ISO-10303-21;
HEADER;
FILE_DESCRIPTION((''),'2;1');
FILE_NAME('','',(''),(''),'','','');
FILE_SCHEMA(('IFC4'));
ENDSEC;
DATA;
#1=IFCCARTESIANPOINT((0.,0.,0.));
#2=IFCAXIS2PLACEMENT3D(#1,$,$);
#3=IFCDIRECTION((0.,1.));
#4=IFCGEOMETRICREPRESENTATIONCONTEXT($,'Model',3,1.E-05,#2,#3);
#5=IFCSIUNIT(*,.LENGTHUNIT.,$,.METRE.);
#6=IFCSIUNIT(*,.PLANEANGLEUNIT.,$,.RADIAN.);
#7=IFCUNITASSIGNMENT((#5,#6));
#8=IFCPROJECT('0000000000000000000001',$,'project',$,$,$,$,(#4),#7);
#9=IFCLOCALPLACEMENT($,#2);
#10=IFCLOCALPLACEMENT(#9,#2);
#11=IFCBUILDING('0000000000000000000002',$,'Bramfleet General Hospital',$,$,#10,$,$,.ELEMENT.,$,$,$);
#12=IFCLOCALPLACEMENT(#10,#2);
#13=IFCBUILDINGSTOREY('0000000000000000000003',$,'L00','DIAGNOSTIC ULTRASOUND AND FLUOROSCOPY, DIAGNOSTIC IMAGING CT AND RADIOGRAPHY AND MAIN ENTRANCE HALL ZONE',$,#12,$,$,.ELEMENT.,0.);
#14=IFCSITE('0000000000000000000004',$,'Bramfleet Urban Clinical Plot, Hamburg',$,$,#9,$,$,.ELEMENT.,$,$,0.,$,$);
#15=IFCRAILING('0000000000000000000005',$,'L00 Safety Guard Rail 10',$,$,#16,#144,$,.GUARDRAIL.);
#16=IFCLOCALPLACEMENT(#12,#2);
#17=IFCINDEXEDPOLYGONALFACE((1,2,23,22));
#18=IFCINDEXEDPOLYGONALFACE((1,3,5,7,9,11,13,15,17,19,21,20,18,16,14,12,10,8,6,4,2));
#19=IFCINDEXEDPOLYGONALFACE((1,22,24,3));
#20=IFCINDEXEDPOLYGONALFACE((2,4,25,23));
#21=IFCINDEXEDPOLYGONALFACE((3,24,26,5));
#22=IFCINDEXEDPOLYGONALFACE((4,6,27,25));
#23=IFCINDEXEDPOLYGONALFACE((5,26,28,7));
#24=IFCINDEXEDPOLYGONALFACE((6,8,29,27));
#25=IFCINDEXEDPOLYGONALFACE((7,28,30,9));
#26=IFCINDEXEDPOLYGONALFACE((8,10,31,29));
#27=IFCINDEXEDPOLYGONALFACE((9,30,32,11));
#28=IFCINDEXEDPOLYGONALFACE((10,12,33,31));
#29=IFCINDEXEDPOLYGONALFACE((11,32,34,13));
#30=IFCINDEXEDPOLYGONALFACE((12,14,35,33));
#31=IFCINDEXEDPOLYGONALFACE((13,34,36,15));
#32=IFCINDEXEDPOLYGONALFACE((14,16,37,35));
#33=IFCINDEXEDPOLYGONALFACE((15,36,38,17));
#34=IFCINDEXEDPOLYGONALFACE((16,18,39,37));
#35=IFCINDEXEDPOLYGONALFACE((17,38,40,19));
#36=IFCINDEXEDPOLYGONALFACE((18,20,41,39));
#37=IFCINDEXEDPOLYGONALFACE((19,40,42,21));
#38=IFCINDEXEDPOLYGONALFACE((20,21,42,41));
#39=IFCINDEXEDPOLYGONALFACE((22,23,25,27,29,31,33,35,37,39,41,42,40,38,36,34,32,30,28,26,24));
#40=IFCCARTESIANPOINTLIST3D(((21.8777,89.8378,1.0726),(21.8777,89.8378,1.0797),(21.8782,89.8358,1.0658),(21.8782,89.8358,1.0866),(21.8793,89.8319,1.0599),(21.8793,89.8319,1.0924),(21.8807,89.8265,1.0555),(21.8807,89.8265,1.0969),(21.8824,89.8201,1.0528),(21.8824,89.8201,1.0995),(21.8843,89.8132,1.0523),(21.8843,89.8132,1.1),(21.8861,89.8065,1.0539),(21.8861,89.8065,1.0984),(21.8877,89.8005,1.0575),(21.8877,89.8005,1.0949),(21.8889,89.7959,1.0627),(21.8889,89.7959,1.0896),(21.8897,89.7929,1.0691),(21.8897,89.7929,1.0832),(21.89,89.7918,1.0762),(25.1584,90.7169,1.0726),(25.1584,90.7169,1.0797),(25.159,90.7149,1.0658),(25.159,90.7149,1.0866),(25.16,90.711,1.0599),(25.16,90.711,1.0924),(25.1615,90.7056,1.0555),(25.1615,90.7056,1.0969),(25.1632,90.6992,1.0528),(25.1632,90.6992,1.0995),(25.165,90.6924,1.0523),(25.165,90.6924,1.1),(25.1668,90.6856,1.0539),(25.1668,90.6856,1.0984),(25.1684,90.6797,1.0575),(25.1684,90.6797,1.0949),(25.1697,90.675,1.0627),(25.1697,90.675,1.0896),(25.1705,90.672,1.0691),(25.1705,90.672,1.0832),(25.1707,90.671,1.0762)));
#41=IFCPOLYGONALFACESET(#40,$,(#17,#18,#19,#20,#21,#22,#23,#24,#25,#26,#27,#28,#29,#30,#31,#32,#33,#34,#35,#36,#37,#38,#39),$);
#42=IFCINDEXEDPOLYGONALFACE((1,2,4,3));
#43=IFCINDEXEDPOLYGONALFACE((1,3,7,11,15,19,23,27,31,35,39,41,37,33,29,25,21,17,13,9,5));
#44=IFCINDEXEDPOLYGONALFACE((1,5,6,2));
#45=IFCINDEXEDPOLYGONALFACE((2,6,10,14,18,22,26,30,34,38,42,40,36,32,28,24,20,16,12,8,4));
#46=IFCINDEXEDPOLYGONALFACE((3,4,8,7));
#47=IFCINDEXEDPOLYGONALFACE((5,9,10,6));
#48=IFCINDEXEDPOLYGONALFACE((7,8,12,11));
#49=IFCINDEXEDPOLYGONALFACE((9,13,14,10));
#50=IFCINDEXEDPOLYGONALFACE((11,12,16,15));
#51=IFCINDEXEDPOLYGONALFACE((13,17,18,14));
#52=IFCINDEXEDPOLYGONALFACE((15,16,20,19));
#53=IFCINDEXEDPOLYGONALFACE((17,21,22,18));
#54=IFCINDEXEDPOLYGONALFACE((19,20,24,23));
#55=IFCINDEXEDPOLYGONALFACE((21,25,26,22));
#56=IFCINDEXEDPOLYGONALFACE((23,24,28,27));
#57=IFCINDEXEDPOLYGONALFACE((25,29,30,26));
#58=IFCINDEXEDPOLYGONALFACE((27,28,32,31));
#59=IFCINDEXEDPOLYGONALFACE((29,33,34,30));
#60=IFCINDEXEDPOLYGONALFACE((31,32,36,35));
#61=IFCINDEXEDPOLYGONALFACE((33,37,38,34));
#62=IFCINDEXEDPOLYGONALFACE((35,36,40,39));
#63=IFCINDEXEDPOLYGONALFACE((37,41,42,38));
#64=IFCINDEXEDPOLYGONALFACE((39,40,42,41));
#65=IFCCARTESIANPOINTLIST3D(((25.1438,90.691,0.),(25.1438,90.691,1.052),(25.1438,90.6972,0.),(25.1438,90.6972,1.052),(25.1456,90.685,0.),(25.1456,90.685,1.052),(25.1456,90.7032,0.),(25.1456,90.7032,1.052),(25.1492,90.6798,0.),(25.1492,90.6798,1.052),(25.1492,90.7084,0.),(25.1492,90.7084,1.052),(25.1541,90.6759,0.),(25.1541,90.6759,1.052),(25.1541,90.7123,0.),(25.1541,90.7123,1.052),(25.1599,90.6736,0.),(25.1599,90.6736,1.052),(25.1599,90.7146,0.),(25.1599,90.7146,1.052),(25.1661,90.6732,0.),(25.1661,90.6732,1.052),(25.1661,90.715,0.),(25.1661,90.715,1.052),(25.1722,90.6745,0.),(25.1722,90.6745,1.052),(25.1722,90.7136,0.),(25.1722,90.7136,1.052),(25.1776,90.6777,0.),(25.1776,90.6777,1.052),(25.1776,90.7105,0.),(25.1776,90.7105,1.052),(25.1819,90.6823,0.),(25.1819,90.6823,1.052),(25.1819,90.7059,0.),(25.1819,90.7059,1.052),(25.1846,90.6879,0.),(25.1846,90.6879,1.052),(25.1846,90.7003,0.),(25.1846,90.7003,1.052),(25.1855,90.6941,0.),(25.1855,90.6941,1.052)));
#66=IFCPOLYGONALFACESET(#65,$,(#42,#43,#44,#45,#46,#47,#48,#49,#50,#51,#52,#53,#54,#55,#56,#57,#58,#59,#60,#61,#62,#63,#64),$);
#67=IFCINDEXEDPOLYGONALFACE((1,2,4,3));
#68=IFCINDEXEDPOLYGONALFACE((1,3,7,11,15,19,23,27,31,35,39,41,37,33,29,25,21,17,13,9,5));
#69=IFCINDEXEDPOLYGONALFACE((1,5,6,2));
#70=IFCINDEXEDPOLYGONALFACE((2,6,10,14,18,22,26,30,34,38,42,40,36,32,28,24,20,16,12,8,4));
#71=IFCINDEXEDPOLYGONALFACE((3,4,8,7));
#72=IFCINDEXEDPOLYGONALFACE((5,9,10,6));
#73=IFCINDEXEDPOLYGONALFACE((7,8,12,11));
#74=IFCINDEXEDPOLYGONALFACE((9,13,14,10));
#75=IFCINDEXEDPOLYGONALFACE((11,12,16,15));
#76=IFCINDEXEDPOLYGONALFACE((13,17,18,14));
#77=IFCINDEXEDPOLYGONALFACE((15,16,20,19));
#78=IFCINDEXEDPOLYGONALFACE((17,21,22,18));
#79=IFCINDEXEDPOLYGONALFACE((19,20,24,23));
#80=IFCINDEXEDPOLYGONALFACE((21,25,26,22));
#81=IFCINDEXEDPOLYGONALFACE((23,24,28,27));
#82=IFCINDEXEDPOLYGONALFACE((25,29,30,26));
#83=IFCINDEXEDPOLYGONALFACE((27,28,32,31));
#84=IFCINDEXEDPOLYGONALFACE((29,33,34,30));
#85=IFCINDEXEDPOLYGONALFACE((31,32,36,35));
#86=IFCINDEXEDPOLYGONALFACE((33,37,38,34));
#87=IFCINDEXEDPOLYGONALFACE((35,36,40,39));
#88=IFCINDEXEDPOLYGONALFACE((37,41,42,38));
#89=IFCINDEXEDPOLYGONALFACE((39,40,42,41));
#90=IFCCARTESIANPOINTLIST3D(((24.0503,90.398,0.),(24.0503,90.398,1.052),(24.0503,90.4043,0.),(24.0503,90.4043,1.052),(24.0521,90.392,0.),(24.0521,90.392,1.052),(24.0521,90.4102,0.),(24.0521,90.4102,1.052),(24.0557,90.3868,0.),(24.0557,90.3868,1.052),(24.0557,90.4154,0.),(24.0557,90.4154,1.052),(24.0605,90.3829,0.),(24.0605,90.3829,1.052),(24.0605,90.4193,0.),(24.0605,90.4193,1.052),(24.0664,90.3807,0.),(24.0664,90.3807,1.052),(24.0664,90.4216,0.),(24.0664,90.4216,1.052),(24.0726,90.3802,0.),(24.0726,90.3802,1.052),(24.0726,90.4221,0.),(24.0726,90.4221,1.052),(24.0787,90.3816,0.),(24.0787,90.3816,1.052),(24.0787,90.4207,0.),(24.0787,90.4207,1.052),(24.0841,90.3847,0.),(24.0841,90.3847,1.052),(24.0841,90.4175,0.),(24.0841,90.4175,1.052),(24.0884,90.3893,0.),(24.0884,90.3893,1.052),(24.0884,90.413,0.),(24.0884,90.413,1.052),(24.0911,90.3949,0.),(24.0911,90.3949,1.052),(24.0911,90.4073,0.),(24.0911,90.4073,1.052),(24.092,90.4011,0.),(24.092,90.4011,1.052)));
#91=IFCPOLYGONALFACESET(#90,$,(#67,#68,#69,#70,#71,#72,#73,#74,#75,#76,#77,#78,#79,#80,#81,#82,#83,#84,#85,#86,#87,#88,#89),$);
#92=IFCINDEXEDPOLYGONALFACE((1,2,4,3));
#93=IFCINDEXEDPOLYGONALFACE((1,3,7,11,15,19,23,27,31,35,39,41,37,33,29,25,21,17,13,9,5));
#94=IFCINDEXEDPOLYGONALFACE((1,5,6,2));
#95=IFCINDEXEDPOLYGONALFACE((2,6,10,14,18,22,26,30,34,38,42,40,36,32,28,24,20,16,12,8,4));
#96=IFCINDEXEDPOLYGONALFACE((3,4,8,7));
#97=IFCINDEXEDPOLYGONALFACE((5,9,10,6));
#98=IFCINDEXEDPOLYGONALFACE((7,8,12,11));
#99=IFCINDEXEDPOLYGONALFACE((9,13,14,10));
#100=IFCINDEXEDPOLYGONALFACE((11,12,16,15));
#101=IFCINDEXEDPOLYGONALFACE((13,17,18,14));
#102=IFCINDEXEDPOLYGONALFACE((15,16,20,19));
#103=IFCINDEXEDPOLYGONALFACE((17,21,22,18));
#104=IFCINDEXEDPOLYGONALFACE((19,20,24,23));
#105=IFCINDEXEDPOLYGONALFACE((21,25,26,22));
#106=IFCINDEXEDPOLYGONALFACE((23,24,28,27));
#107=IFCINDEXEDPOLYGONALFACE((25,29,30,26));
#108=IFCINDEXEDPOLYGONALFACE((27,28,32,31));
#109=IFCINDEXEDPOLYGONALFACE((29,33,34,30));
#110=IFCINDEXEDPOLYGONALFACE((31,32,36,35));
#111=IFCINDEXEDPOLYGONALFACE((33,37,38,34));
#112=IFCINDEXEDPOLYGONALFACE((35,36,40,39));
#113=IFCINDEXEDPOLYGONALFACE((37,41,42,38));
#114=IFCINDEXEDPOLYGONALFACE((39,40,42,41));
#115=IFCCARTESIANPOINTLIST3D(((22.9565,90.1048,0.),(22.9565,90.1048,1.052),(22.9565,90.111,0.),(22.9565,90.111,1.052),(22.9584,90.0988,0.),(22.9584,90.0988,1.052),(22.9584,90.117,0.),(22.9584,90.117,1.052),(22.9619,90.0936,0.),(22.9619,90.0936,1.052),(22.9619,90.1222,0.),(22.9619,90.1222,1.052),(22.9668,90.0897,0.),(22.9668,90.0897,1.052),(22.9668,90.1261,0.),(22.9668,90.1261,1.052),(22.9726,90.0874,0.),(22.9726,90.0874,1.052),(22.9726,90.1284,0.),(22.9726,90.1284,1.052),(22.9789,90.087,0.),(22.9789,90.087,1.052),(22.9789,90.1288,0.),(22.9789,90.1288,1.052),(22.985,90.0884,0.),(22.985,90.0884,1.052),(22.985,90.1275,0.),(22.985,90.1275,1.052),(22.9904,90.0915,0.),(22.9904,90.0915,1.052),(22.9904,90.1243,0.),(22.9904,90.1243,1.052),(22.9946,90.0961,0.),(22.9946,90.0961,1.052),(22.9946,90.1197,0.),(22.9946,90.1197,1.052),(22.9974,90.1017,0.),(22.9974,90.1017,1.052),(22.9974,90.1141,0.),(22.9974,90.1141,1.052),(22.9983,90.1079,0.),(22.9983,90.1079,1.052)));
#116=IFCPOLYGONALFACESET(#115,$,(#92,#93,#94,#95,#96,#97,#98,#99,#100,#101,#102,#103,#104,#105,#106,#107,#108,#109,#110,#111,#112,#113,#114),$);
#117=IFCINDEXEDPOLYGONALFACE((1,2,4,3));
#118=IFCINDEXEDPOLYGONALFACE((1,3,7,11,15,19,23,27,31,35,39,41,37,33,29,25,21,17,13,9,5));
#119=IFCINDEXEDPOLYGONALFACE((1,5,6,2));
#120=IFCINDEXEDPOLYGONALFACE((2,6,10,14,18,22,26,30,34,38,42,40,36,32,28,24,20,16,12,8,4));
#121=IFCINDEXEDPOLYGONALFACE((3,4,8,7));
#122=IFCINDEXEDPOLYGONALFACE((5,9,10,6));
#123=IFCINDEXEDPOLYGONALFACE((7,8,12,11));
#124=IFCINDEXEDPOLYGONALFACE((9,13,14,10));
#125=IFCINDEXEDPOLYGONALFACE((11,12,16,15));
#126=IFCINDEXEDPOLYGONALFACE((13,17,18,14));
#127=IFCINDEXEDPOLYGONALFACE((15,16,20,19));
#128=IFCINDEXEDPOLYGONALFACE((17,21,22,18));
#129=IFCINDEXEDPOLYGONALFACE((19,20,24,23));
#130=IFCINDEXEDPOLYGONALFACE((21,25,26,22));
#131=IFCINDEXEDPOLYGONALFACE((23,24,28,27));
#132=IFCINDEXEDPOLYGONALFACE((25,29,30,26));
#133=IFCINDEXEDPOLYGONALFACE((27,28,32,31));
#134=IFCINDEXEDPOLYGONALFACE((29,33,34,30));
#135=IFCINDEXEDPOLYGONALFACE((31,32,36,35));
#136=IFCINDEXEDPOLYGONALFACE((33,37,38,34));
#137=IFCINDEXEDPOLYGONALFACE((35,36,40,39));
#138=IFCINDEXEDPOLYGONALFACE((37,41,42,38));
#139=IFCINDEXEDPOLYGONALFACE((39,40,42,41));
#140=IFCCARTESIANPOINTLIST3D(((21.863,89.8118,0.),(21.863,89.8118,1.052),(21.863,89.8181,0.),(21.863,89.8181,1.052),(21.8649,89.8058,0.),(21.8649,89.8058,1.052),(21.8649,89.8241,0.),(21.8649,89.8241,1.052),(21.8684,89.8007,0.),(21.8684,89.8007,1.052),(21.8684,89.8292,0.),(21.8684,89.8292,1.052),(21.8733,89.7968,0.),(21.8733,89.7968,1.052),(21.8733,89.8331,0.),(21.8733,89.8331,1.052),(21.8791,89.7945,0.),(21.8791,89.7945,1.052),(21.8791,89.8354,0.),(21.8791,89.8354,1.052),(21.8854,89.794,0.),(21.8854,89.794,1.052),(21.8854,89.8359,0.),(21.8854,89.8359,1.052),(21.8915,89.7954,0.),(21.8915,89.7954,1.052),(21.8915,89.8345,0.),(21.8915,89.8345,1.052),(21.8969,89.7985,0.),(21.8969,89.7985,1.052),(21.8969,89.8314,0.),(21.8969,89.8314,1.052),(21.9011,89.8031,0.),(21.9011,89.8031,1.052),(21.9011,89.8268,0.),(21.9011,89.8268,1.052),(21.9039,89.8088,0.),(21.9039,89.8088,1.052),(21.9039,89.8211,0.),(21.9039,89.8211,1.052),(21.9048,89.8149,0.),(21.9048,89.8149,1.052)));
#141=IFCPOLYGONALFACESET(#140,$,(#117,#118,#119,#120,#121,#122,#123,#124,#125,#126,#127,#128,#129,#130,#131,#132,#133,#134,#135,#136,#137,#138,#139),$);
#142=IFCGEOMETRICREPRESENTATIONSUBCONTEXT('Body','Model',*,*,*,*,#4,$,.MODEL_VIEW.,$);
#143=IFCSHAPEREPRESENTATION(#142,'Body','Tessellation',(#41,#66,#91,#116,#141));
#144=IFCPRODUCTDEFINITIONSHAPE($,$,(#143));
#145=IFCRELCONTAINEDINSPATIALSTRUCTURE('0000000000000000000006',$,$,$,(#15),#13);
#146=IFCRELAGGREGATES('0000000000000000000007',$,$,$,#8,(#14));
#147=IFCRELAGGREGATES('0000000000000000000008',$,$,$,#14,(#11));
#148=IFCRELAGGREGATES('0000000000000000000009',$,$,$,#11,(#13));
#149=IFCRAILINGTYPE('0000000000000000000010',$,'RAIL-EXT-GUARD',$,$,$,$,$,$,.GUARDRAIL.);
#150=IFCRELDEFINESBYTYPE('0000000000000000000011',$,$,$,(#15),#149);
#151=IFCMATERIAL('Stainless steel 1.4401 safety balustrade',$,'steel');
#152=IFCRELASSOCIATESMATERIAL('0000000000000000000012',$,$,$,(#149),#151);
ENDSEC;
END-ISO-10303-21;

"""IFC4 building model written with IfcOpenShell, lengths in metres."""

from ifc_helpers import new_model, si_unit, direction, frame, origin, origin_2d, place, context, subcontext, project, spatial, circle, extrude, material, type_object, element, save


model = new_model("IFC4")

# Units and contexts
model_context = context("Model", 3, precision=1e-05, world=origin(), true_north=direction((0.0, 1.0)))
body_context = subcontext(model_context, "Body", "Model", "MODEL_VIEW")
ifc_project = project(units=[si_unit("LENGTHUNIT", "METRE"), si_unit("PLANEANGLEUNIT", "RADIAN")], contexts=[model_context])

# Site, building, storey
site_placement = place(None, origin())
site = spatial("IfcSite", under=ifc_project, at=site_placement, Name="Bramfleet Urban Clinical Plot, Hamburg", CompositionType="ELEMENT", RefElevation=0.0)
building_placement = place(site_placement, origin())
building = spatial("IfcBuilding", under=site, at=building_placement, Name="Bramfleet General Hospital", CompositionType="ELEMENT")
storey_placement = place(building_placement, origin())
storey = spatial("IfcBuildingStorey", under=building, at=storey_placement, Name="L00", Description="DIAGNOSTIC ULTRASOUND AND FLUOROSCOPY, DIAGNOSTIC IMAGING CT AND RADIOGRAPHY AND MAIN ENTRANCE HALL ZONE", CompositionType="ELEMENT", Elevation=0.0)

# Railing
ifc_material_1 = material(Name="Stainless steel 1.4401 safety balustrade", Category="steel")
railing_type = type_object("IfcRailingType", Name="RAIL-EXT-GUARD", PredefinedType="GUARDRAIL", material=ifc_material_1)
railing_placement = place(storey_placement, frame((25.1646, 90.6941, 0.0)))
element("IfcRailing", 1, at=railing_placement, inside=storey, type_object=railing_type, Name="L00 Safety Guard Rail 10", PredefinedType="GUARDRAIL", context=body_context, shape_type="SweptSolid", body=[
    extrude(circle(Radius=0.0239, at=origin_2d()), frame((0.0, 0.0, 1.0762), z_axis=(-0.96592, -0.258839, 0.0), x_axis=(0.258839, -0.96592, 0.0)), (0.0, 0.0, 1.0), 3.3965),
    extrude(circle(Radius=0.021, at=origin_2d()), origin(), (0.0, 0.0, 1.0), 1.052),
    extrude(circle(Radius=0.021, at=origin_2d()), frame((-1.0935, -0.293, 0.0)), (0.0, 0.0, 1.0), 1.052),
    extrude(circle(Radius=0.021, at=origin_2d()), frame((-2.1873, -0.5862, 0.0)), (0.0, 0.0, 1.0), 1.052),
    extrude(circle(Radius=0.021, at=origin_2d()), frame((-3.2808, -0.8792, 0.0)), (0.0, 0.0, 1.0), 1.052),
])

save(model, "model.ifc")
